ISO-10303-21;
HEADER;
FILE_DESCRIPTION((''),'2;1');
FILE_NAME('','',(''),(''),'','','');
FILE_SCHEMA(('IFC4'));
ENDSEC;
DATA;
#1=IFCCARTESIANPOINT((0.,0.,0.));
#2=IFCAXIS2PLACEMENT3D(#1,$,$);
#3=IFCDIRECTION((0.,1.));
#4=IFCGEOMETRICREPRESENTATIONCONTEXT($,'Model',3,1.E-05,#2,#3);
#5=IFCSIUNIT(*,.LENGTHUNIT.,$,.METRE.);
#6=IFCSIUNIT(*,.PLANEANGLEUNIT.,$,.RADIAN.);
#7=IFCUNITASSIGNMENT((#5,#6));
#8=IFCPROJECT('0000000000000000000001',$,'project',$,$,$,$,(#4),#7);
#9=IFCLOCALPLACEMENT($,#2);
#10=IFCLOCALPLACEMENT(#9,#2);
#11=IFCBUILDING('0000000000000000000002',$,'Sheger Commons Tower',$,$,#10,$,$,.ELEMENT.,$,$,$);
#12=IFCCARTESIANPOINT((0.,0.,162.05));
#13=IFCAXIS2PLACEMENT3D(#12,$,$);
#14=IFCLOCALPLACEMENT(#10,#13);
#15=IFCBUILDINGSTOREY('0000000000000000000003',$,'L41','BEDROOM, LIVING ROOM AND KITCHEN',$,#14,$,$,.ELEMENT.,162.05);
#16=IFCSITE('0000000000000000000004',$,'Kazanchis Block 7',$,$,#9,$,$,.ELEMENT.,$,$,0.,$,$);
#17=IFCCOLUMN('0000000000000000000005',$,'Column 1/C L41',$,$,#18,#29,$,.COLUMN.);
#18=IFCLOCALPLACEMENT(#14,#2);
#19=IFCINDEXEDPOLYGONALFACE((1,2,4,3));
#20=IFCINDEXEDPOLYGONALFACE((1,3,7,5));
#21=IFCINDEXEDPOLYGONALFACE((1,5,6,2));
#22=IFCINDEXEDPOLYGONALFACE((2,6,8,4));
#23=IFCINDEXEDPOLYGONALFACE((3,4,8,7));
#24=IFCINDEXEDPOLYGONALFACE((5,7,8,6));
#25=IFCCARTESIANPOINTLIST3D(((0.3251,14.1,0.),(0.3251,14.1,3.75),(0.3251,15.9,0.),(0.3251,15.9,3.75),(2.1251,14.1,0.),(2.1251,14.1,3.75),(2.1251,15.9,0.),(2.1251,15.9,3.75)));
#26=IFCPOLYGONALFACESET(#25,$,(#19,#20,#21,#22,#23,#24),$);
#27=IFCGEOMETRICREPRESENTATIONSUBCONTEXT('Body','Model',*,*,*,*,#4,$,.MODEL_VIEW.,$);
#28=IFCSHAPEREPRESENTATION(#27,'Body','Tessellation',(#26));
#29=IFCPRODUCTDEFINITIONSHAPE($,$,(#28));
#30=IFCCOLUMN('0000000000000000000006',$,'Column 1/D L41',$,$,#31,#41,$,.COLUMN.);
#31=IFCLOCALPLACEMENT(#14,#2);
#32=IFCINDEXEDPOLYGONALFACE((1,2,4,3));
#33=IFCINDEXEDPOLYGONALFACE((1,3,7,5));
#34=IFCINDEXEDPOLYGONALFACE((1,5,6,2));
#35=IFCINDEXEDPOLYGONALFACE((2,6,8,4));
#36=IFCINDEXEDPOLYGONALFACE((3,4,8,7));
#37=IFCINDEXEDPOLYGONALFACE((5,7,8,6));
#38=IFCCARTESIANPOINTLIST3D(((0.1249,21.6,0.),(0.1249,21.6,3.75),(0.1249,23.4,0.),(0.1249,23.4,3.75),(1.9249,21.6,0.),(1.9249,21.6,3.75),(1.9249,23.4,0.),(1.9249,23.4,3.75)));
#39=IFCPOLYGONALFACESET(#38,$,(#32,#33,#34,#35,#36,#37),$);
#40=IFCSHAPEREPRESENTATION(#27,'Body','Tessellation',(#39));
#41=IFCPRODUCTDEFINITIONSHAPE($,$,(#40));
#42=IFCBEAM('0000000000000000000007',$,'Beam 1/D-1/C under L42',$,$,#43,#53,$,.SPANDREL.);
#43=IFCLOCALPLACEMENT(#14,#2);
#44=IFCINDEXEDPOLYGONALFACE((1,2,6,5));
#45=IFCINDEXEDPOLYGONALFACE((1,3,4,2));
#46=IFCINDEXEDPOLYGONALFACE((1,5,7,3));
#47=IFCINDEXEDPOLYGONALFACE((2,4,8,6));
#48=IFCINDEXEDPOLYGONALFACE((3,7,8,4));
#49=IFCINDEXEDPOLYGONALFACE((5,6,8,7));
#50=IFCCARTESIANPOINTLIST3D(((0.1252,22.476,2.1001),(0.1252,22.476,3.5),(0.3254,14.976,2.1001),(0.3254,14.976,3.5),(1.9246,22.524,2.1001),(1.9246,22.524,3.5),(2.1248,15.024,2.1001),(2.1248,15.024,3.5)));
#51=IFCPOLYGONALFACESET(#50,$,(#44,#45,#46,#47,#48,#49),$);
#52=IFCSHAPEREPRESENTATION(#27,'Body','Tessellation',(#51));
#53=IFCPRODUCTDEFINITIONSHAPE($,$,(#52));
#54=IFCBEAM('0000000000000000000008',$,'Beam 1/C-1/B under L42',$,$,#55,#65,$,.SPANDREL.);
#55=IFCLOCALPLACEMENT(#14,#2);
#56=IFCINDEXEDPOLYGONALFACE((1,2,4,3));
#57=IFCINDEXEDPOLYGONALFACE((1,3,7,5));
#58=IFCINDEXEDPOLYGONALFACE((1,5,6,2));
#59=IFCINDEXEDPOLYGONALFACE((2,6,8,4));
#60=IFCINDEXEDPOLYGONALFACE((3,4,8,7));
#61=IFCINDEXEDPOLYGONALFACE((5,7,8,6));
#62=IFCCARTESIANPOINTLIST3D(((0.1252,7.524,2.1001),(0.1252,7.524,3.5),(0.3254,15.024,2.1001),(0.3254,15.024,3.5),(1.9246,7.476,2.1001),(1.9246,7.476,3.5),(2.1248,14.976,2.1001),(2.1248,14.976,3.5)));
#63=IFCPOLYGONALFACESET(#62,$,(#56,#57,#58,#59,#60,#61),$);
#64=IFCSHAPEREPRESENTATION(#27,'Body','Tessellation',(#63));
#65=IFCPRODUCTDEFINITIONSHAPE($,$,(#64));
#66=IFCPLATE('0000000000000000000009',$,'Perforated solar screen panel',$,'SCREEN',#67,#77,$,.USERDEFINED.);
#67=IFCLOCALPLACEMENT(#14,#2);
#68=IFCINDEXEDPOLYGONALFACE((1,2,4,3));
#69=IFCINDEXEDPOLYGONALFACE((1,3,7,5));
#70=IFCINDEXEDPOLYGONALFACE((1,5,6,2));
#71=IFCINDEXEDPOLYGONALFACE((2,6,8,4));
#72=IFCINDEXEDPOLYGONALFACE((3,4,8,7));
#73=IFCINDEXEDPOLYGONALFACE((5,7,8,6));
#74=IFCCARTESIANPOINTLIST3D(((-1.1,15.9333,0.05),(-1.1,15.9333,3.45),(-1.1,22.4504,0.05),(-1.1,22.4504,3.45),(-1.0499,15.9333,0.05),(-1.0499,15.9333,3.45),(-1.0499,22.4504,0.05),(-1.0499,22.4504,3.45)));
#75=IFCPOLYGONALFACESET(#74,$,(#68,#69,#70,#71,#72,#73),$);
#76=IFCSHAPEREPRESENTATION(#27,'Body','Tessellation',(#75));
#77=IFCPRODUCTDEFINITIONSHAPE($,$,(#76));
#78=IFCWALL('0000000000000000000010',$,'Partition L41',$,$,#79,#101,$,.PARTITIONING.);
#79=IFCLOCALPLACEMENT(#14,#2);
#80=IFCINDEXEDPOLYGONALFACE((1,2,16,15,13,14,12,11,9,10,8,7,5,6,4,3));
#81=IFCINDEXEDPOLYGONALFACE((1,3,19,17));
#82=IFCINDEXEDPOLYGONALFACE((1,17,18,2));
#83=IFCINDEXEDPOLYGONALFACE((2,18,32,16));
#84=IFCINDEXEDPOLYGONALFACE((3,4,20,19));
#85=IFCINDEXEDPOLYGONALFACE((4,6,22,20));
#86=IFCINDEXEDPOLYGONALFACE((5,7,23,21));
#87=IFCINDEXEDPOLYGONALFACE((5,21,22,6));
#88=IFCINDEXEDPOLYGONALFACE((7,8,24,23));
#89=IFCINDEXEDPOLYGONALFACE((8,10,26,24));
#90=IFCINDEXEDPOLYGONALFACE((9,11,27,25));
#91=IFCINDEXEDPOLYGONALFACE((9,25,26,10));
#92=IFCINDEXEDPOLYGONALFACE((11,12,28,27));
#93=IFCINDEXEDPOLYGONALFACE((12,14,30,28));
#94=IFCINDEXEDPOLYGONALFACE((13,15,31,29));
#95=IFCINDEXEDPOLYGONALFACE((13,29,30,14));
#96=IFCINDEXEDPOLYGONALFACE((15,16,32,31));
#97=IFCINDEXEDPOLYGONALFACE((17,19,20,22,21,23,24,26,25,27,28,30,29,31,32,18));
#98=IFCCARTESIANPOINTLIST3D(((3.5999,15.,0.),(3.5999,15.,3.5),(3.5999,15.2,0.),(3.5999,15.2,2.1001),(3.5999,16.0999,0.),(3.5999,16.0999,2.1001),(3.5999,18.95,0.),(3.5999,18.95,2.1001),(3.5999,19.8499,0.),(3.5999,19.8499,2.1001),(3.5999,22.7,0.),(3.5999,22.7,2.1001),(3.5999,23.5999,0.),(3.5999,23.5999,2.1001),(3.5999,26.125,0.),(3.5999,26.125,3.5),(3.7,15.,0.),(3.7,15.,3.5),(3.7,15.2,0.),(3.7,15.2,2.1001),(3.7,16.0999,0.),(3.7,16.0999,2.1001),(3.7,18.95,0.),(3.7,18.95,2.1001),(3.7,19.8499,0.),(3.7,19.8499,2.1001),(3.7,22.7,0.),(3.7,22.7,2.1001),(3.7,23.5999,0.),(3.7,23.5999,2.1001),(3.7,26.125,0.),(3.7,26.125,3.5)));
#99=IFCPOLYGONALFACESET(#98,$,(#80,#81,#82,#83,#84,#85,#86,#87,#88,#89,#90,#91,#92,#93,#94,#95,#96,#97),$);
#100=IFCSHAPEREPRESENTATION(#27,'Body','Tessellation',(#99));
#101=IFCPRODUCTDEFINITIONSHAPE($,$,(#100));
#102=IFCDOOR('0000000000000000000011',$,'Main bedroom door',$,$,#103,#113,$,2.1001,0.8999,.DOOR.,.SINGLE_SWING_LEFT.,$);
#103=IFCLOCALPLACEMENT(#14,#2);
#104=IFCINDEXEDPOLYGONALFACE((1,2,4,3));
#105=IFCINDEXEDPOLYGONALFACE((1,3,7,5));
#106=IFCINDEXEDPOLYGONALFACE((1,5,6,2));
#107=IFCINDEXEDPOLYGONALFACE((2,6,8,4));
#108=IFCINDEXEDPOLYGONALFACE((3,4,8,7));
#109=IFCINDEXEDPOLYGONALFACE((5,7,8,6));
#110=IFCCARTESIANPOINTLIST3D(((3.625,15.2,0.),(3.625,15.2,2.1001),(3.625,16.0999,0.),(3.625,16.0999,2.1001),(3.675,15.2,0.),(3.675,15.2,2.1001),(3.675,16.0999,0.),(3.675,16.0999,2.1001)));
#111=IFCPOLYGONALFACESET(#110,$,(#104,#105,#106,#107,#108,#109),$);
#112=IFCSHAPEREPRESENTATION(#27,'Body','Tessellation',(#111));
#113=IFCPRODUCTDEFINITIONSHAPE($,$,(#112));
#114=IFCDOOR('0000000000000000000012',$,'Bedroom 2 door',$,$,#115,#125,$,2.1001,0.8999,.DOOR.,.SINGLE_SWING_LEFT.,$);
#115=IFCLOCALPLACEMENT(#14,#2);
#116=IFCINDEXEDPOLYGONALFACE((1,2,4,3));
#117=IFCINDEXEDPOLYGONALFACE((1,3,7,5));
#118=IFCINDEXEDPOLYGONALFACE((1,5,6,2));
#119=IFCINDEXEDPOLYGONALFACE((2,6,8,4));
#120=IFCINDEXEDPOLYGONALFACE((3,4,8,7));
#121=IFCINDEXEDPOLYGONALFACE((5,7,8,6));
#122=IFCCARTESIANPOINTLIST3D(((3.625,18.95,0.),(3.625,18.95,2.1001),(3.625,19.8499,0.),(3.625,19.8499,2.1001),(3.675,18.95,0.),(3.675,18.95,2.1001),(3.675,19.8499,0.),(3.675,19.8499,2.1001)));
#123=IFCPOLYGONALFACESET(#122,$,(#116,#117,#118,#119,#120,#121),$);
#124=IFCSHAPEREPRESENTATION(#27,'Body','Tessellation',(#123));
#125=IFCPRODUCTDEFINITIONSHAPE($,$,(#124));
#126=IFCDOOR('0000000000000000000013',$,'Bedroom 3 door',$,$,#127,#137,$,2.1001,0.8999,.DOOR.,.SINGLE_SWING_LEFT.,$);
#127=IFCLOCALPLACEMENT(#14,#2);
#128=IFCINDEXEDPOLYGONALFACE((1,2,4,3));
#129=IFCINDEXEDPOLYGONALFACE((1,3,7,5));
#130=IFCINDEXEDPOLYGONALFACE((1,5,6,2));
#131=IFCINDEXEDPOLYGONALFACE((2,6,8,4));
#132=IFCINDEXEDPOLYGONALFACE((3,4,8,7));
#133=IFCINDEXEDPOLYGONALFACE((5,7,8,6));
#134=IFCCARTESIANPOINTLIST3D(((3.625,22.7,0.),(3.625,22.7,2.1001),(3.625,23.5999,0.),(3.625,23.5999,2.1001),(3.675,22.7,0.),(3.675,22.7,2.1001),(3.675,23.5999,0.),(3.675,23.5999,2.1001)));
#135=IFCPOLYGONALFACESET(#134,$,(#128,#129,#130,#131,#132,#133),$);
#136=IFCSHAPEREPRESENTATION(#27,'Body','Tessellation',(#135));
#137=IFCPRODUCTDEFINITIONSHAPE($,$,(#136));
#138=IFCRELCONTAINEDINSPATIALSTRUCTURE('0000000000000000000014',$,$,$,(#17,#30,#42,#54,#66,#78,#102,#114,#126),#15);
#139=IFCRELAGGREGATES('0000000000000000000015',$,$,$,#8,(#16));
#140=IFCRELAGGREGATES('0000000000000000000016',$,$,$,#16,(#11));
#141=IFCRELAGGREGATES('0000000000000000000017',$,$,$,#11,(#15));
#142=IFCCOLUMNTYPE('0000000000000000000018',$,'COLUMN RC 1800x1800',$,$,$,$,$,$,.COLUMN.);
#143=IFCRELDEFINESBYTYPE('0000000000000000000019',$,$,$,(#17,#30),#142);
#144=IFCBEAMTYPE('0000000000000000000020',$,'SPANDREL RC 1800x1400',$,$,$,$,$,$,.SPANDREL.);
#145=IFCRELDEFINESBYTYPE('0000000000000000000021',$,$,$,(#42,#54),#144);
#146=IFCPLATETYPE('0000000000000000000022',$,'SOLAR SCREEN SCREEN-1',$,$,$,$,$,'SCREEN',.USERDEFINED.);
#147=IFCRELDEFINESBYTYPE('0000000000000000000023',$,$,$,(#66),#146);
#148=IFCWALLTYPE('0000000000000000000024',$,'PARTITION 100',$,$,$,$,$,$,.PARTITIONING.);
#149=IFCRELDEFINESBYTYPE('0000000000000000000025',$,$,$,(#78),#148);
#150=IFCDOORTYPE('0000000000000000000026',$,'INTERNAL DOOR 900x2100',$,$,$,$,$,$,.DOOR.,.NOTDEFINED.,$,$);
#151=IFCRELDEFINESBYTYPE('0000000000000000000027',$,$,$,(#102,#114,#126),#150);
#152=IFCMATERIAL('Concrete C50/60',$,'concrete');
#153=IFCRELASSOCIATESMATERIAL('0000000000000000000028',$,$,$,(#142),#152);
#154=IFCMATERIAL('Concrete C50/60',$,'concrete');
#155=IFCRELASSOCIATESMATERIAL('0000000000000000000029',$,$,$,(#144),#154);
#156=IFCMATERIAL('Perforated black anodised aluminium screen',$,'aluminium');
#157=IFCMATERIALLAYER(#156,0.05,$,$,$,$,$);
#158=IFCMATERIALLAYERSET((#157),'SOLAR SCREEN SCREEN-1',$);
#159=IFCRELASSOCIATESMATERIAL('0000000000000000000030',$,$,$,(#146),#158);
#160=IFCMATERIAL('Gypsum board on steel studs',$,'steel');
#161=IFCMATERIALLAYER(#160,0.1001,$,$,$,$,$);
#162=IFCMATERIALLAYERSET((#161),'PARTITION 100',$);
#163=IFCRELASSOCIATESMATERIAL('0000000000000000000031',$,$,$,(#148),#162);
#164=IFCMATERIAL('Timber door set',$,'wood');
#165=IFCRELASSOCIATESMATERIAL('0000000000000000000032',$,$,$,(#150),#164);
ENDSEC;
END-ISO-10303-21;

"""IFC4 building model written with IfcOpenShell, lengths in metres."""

from ifc_helpers import new_model, si_unit, direction, frame, frame_2d, origin, origin_2d, place, context, subcontext, project, spatial, rectangle, extrude, material, layer, layer_set, material_profile, profile_set, type_object, element, fill, save


model = new_model("IFC4")

# Units and contexts
model_context = context("Model", 3, precision=1e-05, world=origin(), true_north=direction((0.0, 1.0)))
body_context = subcontext(model_context, "Body", "Model", "MODEL_VIEW")
ifc_project = project(units=[si_unit("LENGTHUNIT", "METRE"), si_unit("PLANEANGLEUNIT", "RADIAN")], contexts=[model_context])

# Site, building, storey
site_placement = place(None, origin())
site = spatial("IfcSite", under=ifc_project, at=site_placement, Name="Kazanchis Block 7", CompositionType="ELEMENT", RefElevation=0.0)
building_placement = place(site_placement, origin())
building = spatial("IfcBuilding", under=site, at=building_placement, Name="Sheger Commons Tower", CompositionType="ELEMENT")
storey_placement = place(building_placement, frame((0.0, 0.0, 162.05)))
storey = spatial("IfcBuildingStorey", under=building, at=storey_placement, Name="L41", Description="BEDROOM, LIVING ROOM AND KITCHEN", CompositionType="ELEMENT", Elevation=162.05)

# Columns
ifc_material_1 = material(Name="Concrete C50/60", Category="concrete")
ifc_material_profile_1 = material_profile(ifc_material_1, rectangle(XDim=1.8, YDim=1.8, at=origin_2d()), Name="RC 1800x1800")
ifc_profile_set_1 = profile_set([ifc_material_profile_1], Name="Concrete C50/60")
column_type = type_object("IfcColumnType", Name="COLUMN RC 1800x1800", PredefinedType="COLUMN", material=ifc_profile_set_1)
for number, where, z_axis, x_axis, name in (
    (1, (1.2251, 15.0, 0.0), (0.0, 0.0, 1.0), (1.0, 0.0, 0.0), "Column 1/C L41"),
    (2, (1.0249, 22.5, 0.0), (0.0, 0.0, 1.0), (1.0, 0.0, 0.0), "Column 1/D L41"),
):
    element("IfcColumn", number, at=place(storey_placement, frame(where, z_axis=z_axis, x_axis=x_axis)), inside=storey, type_object=column_type, Name=name, PredefinedType="COLUMN", context=body_context, shape_type="SweptSolid", body=[
        extrude(rectangle(XDim=1.8, YDim=1.8, at=origin_2d()), origin(), (0.0, 0.0, 1.0), 3.75),
    ])

# Beams
ifc_material_2 = material(Name="Concrete C50/60", Category="concrete")
ifc_material_profile_2 = material_profile(ifc_material_2, rectangle(XDim=1.8, YDim=1.3999, at=origin_2d()), Name="RC 1800x1400")
ifc_profile_set_2 = profile_set([ifc_material_profile_2], Name="Concrete C50/60")
beam_type = type_object("IfcBeamType", Name="SPANDREL RC 1800x1400", PredefinedType="SPANDREL", material=ifc_profile_set_2)
for number, where, z_axis, x_axis, name in (
    (3, (1.0249, 22.5, 2.8), (0.026683, -0.999644, 0.0), (0.999644, 0.026683, 0.0), "Beam 1/D-1/C under L42"),
    (4, (1.2251, 15.0, 2.8), (-0.026683, -0.999644, 0.0), (0.999644, -0.026683, 0.0), "Beam 1/C-1/B under L42"),
):
    element("IfcBeam", number, at=place(storey_placement, frame(where, z_axis=z_axis, x_axis=x_axis)), inside=storey, type_object=beam_type, Name=name, PredefinedType="SPANDREL", context=body_context, shape_type="SweptSolid", body=[
        extrude(rectangle(XDim=1.8, YDim=1.3999, at=origin_2d()), origin(), (0.0, 0.0, 1.0), 7.5027),
    ])

# Plate
ifc_material_3 = material(Name="Perforated black anodised aluminium screen", Category="aluminium")
ifc_layer_1 = layer(ifc_material_3, 0.05)
ifc_layer_set_1 = layer_set([ifc_layer_1], Name="SOLAR SCREEN SCREEN-1")
plate_type = type_object("IfcPlateType", Name="SOLAR SCREEN SCREEN-1", ElementType="SCREEN", PredefinedType="USERDEFINED", material=ifc_layer_set_1)
plate_placement = place(storey_placement, frame((-1.075, 19.1919, 0.05), z_axis=(0.0, 0.0, 1.0), x_axis=(0.0, -1.0, 0.0)))
element("IfcPlate", 5, at=plate_placement, inside=storey, type_object=plate_type, Name="Perforated solar screen panel", ObjectType="SCREEN", PredefinedType="USERDEFINED", context=body_context, shape_type="SweptSolid", body=[
    extrude(rectangle(XDim=6.5171, YDim=0.05, at=origin_2d()), origin(), (0.0, 0.0, 1.0), 3.3999),
])

# Wall, openings, doors
ifc_material_4 = material(Name="Gypsum board on steel studs", Category="steel")
ifc_layer_2 = layer(ifc_material_4, 0.1001)
ifc_layer_set_2 = layer_set([ifc_layer_2], Name="PARTITION 100")
wall_type = type_object("IfcWallType", Name="PARTITION 100", PredefinedType="PARTITIONING", material=ifc_layer_set_2)
wall_1_placement = place(storey_placement, frame((3.6499, 15.0, 0.0), z_axis=(0.0, 0.0, 1.0), x_axis=(0.0, 1.0, 0.0)))
wall_1 = element("IfcWall", 6, at=wall_1_placement, inside=storey, type_object=wall_type, Name="Partition L41", PredefinedType="PARTITIONING", context=body_context, shape_type="SweptSolid", body=[
    extrude(rectangle(XDim=11.125, YDim=0.1001, at=frame_2d((5.5625, 0.0))), origin(), (0.0, 0.0, 1.0), 3.5),
])
opening_1_placement = place(wall_1_placement, frame((0.2, 0.0, 0.0)))
opening_1 = element("IfcOpeningElement", 7, at=opening_1_placement, cuts=wall_1, PredefinedType="OPENING", context=body_context, shape_type="SweptSolid", body=[
    extrude(rectangle(XDim=0.8999, YDim=2.1001, at=frame_2d((0.45, 1.05))), frame((0.0, 0.0601, 0.0), z_axis=(0.0, -1.0, 0.0), x_axis=(1.0, 0.0, 0.0)), (0.0, 0.0, 1.0), 0.1201),
])
opening_2_placement = place(wall_1_placement, frame((3.95, 0.0, 0.0)))
opening_2 = element("IfcOpeningElement", 8, at=opening_2_placement, cuts=wall_1, PredefinedType="OPENING", context=body_context, shape_type="SweptSolid", body=[
    extrude(rectangle(XDim=0.8999, YDim=2.1001, at=frame_2d((0.45, 1.05))), frame((0.0, 0.0601, 0.0), z_axis=(0.0, -1.0, 0.0), x_axis=(1.0, 0.0, 0.0)), (0.0, 0.0, 1.0), 0.1201),
])
opening_3_placement = place(wall_1_placement, frame((7.7, 0.0, 0.0)))
opening_3 = element("IfcOpeningElement", 9, at=opening_3_placement, cuts=wall_1, PredefinedType="OPENING", context=body_context, shape_type="SweptSolid", body=[
    extrude(rectangle(XDim=0.8999, YDim=2.1001, at=frame_2d((0.45, 1.05))), frame((0.0, 0.0601, 0.0), z_axis=(0.0, -1.0, 0.0), x_axis=(1.0, 0.0, 0.0)), (0.0, 0.0, 1.0), 0.1201),
])
ifc_material_5 = material(Name="Timber door set", Category="wood")
door_type = type_object("IfcDoorType", Name="INTERNAL DOOR 900x2100", OperationType="NOTDEFINED", PredefinedType="DOOR", material=ifc_material_5)
door_1_placement = place(opening_1_placement, origin())
door_1 = element("IfcDoor", 10, at=door_1_placement, inside=storey, type_object=door_type, Name="Main bedroom door", OperationType="SINGLE_SWING_LEFT", OverallHeight=2.1001, OverallWidth=0.8999, PredefinedType="DOOR", context=body_context, shape_type="SweptSolid", body=[
    extrude(rectangle(XDim=0.8999, YDim=2.1001, at=frame_2d((0.45, 1.05))), frame((0.0, 0.0249, 0.0), z_axis=(0.0, -1.0, 0.0), x_axis=(1.0, 0.0, 0.0)), (0.0, 0.0, 1.0), 0.05),
])
fill(opening_1, door_1)
door_2_placement = place(opening_2_placement, origin())
door_2 = element("IfcDoor", 11, at=door_2_placement, inside=storey, type_object=door_type, Name="Bedroom 2 door", OperationType="SINGLE_SWING_LEFT", OverallHeight=2.1001, OverallWidth=0.8999, PredefinedType="DOOR", context=body_context, shape_type="SweptSolid", body=[
    extrude(rectangle(XDim=0.8999, YDim=2.1001, at=frame_2d((0.45, 1.05))), frame((0.0, 0.0249, 0.0), z_axis=(0.0, -1.0, 0.0), x_axis=(1.0, 0.0, 0.0)), (0.0, 0.0, 1.0), 0.05),
])
fill(opening_2, door_2)
door_3_placement = place(opening_3_placement, origin())
door_3 = element("IfcDoor", 12, at=door_3_placement, inside=storey, type_object=door_type, Name="Bedroom 3 door", OperationType="SINGLE_SWING_LEFT", OverallHeight=2.1001, OverallWidth=0.8999, PredefinedType="DOOR", context=body_context, shape_type="SweptSolid", body=[
    extrude(rectangle(XDim=0.8999, YDim=2.1001, at=frame_2d((0.45, 1.05))), frame((0.0, 0.0249, 0.0), z_axis=(0.0, -1.0, 0.0), x_axis=(1.0, 0.0, 0.0)), (0.0, 0.0, 1.0), 0.05),
])
fill(opening_3, door_3)

save(model, "model.ifc")
